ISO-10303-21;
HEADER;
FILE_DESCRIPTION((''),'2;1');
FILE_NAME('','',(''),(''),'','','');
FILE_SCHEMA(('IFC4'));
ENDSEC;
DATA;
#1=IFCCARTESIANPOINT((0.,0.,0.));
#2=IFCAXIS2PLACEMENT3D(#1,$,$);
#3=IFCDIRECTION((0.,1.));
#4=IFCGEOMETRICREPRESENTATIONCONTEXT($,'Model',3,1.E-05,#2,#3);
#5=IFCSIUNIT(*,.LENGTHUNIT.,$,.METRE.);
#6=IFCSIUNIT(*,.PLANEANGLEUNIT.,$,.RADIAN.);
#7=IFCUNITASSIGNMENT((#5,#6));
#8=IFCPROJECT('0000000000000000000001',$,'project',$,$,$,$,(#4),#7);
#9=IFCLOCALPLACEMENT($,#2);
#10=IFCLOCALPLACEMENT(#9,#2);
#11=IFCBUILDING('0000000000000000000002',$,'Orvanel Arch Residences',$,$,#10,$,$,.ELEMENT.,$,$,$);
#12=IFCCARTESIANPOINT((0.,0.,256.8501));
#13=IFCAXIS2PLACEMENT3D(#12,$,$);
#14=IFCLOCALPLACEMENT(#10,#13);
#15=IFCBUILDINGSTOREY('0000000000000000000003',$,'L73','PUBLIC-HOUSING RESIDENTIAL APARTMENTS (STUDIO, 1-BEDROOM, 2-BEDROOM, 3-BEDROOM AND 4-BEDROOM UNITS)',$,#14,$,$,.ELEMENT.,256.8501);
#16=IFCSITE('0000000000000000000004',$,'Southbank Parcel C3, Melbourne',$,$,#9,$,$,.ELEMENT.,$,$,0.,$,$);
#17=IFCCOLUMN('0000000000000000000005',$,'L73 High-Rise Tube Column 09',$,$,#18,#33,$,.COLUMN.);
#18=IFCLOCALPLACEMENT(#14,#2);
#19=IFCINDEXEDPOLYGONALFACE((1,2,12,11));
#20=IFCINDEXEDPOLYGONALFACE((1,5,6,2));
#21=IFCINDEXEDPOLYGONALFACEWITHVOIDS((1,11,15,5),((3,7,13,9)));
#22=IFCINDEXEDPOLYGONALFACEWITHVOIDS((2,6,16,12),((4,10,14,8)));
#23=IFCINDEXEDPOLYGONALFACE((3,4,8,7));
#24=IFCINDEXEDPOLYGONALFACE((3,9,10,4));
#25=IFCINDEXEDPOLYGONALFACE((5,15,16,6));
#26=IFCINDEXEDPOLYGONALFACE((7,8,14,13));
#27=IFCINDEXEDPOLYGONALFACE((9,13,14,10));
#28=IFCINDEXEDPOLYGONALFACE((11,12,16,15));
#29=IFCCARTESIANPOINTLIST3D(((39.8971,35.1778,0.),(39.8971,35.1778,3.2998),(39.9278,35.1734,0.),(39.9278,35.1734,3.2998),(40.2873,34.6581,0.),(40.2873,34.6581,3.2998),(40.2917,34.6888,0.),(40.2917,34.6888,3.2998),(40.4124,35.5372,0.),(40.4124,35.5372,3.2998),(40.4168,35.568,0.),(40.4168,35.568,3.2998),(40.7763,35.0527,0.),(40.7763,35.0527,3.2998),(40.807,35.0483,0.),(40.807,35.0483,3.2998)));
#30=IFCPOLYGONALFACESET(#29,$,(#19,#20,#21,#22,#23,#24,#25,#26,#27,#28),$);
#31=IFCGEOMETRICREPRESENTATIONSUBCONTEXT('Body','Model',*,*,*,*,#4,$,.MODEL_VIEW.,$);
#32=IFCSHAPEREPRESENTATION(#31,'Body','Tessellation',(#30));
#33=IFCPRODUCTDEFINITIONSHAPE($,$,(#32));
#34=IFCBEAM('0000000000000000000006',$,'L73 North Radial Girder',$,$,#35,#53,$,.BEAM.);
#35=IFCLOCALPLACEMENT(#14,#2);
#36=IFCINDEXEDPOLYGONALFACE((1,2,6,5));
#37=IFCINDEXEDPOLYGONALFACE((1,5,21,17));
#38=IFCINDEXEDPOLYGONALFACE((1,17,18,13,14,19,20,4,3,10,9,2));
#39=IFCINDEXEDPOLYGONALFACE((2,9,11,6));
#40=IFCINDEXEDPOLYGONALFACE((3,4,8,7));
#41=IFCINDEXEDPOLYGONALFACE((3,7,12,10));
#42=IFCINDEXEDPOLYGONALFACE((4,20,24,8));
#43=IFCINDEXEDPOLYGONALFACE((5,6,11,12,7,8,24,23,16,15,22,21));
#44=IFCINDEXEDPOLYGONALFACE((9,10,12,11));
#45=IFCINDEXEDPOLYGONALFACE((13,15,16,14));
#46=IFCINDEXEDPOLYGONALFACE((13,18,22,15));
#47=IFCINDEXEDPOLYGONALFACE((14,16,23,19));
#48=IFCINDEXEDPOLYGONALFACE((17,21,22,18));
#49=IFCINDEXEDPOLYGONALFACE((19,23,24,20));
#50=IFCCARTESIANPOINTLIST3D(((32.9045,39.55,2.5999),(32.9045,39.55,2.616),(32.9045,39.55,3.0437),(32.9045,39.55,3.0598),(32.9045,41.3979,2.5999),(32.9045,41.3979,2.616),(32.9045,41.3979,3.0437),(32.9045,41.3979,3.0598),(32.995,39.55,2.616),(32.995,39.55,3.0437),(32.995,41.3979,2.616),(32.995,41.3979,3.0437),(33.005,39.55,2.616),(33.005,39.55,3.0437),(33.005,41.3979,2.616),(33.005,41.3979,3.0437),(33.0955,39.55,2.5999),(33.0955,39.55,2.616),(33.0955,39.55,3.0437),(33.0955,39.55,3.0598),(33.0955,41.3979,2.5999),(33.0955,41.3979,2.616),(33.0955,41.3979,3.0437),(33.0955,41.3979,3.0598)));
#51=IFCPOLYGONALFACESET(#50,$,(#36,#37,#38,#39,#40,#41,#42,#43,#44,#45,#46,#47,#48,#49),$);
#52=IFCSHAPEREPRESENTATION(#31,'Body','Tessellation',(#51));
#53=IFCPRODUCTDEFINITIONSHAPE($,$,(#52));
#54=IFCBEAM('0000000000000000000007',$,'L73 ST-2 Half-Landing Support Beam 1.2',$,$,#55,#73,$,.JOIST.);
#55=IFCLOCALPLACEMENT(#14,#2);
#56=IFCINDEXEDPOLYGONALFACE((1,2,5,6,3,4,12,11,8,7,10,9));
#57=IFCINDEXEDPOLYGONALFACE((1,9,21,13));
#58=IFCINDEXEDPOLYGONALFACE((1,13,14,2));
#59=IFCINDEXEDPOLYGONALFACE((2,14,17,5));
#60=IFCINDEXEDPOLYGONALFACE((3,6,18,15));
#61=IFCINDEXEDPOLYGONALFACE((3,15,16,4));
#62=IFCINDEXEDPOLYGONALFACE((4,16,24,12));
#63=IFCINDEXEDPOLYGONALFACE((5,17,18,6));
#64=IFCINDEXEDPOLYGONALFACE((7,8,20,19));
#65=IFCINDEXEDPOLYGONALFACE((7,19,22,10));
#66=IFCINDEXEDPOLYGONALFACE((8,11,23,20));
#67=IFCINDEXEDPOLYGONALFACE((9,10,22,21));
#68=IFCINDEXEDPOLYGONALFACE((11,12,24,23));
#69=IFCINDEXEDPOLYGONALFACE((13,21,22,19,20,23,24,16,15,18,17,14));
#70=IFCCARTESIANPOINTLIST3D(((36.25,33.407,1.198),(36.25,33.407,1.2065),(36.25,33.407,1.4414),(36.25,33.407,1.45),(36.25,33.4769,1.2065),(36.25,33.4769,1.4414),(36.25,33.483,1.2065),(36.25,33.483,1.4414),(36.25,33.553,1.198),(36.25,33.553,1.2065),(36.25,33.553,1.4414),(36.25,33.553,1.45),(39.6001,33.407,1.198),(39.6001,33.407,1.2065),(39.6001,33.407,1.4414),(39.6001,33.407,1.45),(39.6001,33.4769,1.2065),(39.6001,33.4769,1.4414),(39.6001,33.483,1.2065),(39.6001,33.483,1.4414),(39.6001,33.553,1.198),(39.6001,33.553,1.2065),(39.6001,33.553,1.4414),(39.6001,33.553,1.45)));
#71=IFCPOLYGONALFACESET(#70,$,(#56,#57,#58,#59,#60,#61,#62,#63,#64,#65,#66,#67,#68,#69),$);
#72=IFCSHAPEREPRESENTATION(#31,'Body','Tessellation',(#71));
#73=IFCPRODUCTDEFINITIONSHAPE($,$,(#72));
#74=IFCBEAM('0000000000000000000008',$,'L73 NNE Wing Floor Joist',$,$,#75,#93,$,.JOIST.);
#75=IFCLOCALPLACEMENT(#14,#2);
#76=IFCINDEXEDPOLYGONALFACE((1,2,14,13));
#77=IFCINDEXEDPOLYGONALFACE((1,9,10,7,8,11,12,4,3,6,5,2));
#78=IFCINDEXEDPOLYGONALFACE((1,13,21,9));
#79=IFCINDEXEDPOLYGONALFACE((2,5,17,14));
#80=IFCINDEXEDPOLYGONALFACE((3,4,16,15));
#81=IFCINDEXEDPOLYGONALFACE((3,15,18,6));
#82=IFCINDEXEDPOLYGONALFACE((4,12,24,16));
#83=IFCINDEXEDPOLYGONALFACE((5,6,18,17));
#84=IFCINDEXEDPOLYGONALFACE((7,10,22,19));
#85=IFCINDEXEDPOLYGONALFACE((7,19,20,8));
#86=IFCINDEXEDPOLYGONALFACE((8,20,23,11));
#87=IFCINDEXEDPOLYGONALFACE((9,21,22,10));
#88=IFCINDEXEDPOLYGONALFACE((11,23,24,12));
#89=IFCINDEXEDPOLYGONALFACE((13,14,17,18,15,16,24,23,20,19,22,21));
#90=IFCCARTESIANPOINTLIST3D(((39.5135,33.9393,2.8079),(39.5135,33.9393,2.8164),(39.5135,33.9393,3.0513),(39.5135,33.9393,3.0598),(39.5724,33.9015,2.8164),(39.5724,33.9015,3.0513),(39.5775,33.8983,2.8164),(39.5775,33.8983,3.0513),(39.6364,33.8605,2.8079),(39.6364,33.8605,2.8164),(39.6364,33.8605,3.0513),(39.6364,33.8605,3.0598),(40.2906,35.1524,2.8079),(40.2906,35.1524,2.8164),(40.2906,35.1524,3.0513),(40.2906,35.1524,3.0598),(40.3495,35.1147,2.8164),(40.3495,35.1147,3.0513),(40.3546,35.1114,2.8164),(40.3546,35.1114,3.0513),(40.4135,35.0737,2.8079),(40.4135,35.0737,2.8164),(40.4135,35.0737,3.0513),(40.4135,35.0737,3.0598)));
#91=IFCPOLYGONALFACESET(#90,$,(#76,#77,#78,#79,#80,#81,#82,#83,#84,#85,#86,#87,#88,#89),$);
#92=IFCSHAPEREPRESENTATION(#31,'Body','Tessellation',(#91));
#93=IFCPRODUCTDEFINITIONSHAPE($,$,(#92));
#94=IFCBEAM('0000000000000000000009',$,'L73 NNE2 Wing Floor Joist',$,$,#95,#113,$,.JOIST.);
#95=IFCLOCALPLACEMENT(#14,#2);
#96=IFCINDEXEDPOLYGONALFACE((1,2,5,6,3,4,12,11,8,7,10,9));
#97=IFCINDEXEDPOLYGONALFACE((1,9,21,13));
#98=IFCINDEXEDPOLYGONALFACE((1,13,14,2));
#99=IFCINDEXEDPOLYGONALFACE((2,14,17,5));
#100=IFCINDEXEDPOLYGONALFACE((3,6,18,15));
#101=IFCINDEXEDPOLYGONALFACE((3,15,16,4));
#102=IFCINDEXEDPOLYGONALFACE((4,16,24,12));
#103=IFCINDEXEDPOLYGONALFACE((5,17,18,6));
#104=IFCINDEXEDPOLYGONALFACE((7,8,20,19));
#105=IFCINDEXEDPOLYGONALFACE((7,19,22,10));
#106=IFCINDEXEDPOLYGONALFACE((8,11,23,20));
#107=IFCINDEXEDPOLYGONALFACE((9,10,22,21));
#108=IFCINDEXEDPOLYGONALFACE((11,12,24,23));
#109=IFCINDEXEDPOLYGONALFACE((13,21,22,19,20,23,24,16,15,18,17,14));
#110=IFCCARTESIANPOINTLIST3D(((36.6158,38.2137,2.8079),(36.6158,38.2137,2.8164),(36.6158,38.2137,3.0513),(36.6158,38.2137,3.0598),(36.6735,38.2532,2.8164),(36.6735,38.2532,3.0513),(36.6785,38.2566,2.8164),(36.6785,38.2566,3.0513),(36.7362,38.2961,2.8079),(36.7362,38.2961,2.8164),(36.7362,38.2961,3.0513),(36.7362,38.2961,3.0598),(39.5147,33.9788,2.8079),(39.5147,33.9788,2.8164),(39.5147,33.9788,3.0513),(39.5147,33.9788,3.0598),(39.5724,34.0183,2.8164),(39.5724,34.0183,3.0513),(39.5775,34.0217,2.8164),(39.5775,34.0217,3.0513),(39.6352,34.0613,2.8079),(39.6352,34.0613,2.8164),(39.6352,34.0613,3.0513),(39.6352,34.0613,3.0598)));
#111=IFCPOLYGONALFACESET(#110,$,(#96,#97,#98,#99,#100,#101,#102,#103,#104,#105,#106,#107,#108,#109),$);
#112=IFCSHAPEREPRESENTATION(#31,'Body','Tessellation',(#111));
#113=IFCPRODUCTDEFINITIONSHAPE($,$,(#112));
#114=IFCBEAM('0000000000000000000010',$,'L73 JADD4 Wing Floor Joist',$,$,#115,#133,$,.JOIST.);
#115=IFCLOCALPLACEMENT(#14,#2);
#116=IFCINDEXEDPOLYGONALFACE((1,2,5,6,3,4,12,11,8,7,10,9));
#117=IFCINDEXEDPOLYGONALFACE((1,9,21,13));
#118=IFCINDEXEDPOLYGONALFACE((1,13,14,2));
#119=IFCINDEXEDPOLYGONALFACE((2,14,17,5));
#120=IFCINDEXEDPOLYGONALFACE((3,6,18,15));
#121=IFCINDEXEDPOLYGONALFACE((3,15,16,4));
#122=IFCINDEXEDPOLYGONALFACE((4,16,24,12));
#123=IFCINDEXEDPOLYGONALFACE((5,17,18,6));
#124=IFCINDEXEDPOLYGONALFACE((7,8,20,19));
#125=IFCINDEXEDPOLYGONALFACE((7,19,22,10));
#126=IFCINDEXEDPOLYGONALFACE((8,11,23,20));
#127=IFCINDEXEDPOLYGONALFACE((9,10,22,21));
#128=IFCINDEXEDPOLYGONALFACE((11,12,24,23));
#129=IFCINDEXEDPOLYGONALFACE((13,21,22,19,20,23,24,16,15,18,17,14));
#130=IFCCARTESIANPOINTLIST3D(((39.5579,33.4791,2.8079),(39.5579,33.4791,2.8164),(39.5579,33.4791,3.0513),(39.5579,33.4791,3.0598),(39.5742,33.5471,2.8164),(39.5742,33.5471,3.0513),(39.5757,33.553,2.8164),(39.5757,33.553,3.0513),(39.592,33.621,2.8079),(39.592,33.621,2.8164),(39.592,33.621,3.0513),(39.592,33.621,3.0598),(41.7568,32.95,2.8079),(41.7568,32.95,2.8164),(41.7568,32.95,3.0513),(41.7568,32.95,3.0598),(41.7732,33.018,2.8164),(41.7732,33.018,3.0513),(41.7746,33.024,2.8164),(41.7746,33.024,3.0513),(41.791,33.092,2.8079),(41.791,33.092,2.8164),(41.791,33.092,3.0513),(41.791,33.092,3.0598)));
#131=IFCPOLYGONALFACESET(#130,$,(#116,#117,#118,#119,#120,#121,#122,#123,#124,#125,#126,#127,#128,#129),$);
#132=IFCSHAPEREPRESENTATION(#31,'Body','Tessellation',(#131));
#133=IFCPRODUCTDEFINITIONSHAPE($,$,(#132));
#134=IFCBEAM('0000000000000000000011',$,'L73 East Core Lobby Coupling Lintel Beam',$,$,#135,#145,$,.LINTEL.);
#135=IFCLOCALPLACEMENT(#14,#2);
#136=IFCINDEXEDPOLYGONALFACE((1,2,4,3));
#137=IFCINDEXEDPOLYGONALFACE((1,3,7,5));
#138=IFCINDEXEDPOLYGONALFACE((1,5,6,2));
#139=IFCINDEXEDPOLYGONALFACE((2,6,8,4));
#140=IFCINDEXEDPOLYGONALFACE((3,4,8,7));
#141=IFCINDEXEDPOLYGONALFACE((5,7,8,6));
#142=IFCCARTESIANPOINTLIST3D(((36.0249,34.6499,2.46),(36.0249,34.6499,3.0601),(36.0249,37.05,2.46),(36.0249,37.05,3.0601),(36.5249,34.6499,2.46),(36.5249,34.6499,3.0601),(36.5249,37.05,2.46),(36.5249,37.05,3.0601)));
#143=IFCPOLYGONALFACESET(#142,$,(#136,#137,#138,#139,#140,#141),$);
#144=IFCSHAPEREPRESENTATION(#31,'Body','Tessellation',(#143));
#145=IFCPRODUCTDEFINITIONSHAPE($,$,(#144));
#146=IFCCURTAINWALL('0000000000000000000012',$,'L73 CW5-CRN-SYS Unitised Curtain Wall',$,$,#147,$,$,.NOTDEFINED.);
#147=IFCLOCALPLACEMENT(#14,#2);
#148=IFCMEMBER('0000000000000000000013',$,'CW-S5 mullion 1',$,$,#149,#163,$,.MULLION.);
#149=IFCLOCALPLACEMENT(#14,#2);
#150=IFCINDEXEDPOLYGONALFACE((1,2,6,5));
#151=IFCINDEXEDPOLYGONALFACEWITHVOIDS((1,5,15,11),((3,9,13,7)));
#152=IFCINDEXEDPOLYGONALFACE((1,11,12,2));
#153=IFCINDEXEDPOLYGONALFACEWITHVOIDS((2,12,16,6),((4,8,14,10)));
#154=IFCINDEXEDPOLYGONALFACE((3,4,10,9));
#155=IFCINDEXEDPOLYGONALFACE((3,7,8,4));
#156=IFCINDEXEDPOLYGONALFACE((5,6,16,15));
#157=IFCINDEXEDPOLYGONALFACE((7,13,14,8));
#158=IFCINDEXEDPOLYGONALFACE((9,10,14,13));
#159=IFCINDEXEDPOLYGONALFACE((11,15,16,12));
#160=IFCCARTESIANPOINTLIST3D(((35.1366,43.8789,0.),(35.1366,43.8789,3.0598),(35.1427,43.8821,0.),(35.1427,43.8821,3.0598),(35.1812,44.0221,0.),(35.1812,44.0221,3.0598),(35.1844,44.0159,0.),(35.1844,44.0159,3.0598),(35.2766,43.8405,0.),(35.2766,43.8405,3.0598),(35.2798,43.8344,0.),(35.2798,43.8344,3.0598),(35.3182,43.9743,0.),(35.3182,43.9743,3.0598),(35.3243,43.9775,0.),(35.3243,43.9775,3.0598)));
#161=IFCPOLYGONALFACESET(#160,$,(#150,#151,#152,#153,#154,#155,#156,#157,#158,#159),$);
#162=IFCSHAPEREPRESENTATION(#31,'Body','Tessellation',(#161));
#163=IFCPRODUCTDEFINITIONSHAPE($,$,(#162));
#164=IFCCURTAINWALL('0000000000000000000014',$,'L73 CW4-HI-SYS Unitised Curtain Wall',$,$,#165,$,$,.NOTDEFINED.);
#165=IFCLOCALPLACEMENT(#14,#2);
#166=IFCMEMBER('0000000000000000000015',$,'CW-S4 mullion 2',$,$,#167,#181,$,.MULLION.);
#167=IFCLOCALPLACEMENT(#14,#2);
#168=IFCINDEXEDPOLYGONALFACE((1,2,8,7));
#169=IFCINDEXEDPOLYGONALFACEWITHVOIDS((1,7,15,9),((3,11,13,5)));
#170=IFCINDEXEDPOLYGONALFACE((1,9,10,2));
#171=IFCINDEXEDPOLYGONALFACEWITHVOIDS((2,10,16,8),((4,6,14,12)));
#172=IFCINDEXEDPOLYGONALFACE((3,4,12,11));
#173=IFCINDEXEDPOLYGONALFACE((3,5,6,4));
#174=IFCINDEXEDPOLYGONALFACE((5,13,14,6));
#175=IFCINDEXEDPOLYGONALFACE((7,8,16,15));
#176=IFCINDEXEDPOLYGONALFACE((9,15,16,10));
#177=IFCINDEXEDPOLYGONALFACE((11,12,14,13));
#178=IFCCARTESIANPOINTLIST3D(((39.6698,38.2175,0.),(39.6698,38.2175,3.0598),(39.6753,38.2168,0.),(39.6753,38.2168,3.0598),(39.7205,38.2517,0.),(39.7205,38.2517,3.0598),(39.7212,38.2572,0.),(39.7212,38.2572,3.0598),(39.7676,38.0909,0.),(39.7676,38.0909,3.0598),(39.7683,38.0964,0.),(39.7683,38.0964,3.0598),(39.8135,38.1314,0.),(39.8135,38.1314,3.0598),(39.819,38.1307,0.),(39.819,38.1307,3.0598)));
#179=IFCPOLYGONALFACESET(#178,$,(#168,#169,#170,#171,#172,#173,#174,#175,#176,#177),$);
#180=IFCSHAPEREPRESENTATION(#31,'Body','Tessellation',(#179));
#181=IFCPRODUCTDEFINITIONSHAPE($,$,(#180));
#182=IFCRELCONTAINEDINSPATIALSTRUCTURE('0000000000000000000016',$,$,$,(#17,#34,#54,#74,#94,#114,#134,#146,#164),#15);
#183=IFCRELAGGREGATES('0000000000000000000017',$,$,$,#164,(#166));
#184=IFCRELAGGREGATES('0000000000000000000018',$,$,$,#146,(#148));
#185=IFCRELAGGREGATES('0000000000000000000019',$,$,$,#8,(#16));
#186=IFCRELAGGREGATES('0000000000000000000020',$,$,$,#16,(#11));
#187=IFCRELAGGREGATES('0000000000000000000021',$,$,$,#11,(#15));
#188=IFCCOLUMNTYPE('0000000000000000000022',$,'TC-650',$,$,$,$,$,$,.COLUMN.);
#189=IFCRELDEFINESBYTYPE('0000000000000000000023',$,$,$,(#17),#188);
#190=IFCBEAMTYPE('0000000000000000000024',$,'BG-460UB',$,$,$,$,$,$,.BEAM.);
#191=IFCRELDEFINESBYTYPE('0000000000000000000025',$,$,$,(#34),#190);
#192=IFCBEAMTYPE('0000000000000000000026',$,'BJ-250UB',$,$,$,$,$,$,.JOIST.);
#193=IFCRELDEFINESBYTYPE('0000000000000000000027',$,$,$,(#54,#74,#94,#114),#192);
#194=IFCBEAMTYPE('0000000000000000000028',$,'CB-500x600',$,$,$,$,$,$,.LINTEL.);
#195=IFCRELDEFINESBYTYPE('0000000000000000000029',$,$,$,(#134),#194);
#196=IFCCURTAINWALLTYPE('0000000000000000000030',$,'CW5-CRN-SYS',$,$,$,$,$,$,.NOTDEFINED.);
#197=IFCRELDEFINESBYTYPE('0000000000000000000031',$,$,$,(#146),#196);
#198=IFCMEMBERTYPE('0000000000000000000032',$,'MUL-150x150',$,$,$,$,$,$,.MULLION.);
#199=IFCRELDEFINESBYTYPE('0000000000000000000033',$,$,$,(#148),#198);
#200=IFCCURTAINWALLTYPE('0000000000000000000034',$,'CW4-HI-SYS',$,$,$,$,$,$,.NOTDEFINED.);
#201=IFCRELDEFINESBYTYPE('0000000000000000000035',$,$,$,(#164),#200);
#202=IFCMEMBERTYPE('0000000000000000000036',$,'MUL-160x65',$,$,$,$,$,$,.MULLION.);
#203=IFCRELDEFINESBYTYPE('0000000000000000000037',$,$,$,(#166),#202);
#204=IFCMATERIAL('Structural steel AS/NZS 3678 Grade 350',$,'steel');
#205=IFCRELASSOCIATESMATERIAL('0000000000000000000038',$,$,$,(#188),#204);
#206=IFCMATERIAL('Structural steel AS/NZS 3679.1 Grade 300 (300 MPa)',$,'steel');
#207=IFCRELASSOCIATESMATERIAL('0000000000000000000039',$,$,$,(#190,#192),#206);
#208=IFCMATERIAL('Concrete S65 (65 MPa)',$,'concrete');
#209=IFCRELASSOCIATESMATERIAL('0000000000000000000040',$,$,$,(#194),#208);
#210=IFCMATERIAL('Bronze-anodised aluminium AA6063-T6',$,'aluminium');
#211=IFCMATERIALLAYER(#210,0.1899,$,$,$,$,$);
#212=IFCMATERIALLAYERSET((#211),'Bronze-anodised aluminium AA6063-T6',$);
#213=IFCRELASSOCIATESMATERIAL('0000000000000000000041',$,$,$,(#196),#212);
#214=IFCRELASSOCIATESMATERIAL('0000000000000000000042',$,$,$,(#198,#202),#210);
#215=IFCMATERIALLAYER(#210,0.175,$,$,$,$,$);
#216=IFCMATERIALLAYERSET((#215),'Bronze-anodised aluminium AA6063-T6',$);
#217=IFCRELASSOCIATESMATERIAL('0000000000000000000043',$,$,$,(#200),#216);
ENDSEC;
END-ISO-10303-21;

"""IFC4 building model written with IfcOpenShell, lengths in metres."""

from ifc_helpers import new_model, si_unit, direction, frame, origin, origin_2d, place, context, subcontext, project, spatial, rectangle, hollow_rectangle, i_section, extrude, material, layer, layer_set, material_profile, profile_set, type_object, element, aggregate, save


model = new_model("IFC4")

# Units and contexts
model_context = context("Model", 3, precision=1e-05, world=origin(), true_north=direction((0.0, 1.0)))
body_context = subcontext(model_context, "Body", "Model", "MODEL_VIEW")
ifc_project = project(units=[si_unit("LENGTHUNIT", "METRE"), si_unit("PLANEANGLEUNIT", "RADIAN")], contexts=[model_context])

# Site, building, storey
site_placement = place(None, origin())
site = spatial("IfcSite", under=ifc_project, at=site_placement, Name="Southbank Parcel C3, Melbourne", CompositionType="ELEMENT", RefElevation=0.0)
building_placement = place(site_placement, origin())
building = spatial("IfcBuilding", under=site, at=building_placement, Name="Orvanel Arch Residences", CompositionType="ELEMENT")
storey_placement = place(building_placement, frame((0.0, 0.0, 256.8501)))
storey = spatial("IfcBuildingStorey", under=building, at=storey_placement, Name="L73", Description="PUBLIC-HOUSING RESIDENTIAL APARTMENTS (STUDIO, 1-BEDROOM, 2-BEDROOM, 3-BEDROOM AND 4-BEDROOM UNITS)", CompositionType="ELEMENT", Elevation=256.8501)

# Column
ifc_material_1 = material(Name="Structural steel AS/NZS 3678 Grade 350", Category="steel")
ifc_material_profile_1 = material_profile(ifc_material_1, hollow_rectangle(XDim=0.6499, YDim=0.6499, WallThickness=0.022, at=origin_2d()), Name="BOX650x650x22")
ifc_profile_set_1 = profile_set([ifc_material_profile_1], Name="Structural steel AS/NZS 3678 Grade 350")
column_type = type_object("IfcColumnType", Name="TC-650", PredefinedType="COLUMN", material=ifc_profile_set_1)
column_placement = place(storey_placement, frame((40.3521, 35.113, 0.0), z_axis=(0.0, 0.0, 1.0), x_axis=(-0.60042, 0.799685, 0.0)))
element("IfcColumn", 1, at=column_placement, inside=storey, type_object=column_type, Name="L73 High-Rise Tube Column 09", PredefinedType="COLUMN", context=body_context, shape_type="SweptSolid", body=[
    extrude(hollow_rectangle(XDim=0.6499, YDim=0.6499, WallThickness=0.022, at=origin_2d()), origin(), (0.0, 0.0, 1.0), 3.2998),
])

# Beams
ifc_material_2 = material(Name="Structural steel AS/NZS 3679.1 Grade 300 (300 MPa)", Category="steel")
ifc_material_profile_2 = material_profile(ifc_material_2, i_section(OverallWidth=0.1909, OverallDepth=0.46, WebThickness=0.01, FlangeThickness=0.0161, at=origin_2d()), Name="460UB82.1")
ifc_profile_set_2 = profile_set([ifc_material_profile_2], Name="Structural steel AS/NZS 3679.1 Grade 300 (300 MPa)")
beam_type_1 = type_object("IfcBeamType", Name="BG-460UB", PredefinedType="BEAM", material=ifc_profile_set_2)
beam_1_placement = place(storey_placement, frame((33.0, 39.55, 2.8298), z_axis=(0.0, 1.0, 0.0), x_axis=(-1.0, 0.0, 0.0)))
element("IfcBeam", 2, at=beam_1_placement, inside=storey, type_object=beam_type_1, Name="L73 North Radial Girder", PredefinedType="BEAM", context=body_context, shape_type="SweptSolid", body=[
    extrude(i_section(OverallWidth=0.1909, OverallDepth=0.46, WebThickness=0.01, FlangeThickness=0.0161, at=origin_2d()), origin(), (0.0, 0.0, 1.0), 1.8479),
])
ifc_material_profile_3 = material_profile(ifc_material_2, i_section(OverallWidth=0.146, OverallDepth=0.252, WebThickness=0.0061, FlangeThickness=0.0085, at=origin_2d()), Name="250UB31.4")
ifc_profile_set_3 = profile_set([ifc_material_profile_3], Name="Structural steel AS/NZS 3679.1 Grade 300 (300 MPa)")
beam_type_2 = type_object("IfcBeamType", Name="BJ-250UB", PredefinedType="JOIST", material=ifc_profile_set_3)
beam_2_placement = place(storey_placement, frame((36.25, 33.48, 1.324), z_axis=(1.0, 0.0, 0.0), x_axis=(0.0, 1.0, 0.0)))
element("IfcBeam", 3, at=beam_2_placement, inside=storey, type_object=beam_type_2, Name="L73 ST-2 Half-Landing Support Beam 1.2", PredefinedType="JOIST", context=body_context, shape_type="SweptSolid", body=[
    extrude(i_section(OverallWidth=0.146, OverallDepth=0.252, WebThickness=0.0061, FlangeThickness=0.0085, at=origin_2d()), origin(), (0.0, 0.0, 1.0), 3.3501),
])
beam_3_placement = place(storey_placement, frame((39.575, 33.8999, 2.9338), z_axis=(0.539395, 0.842053, 0.0), x_axis=(-0.842053, 0.539395, 0.0)))
element("IfcBeam", 4, at=beam_3_placement, inside=storey, type_object=beam_type_2, Name="L73 NNE Wing Floor Joist", PredefinedType="JOIST", context=body_context, shape_type="SweptSolid", body=[
    extrude(i_section(OverallWidth=0.146, OverallDepth=0.252, WebThickness=0.0061, FlangeThickness=0.0085, at=origin_2d()), origin(), (0.0, 0.0, 1.0), 1.4407),
])
beam_4_placement = place(storey_placement, frame((39.575, 34.02, 2.9338), z_axis=(-0.564868, 0.825181, 0.0), x_axis=(-0.825181, -0.564868, 0.0)))
element("IfcBeam", 5, at=beam_4_placement, inside=storey, type_object=beam_type_2, Name="L73 NNE2 Wing Floor Joist", PredefinedType="JOIST", context=body_context, shape_type="SweptSolid", body=[
    extrude(i_section(OverallWidth=0.146, OverallDepth=0.252, WebThickness=0.0061, FlangeThickness=0.0085, at=origin_2d()), origin(), (0.0, 0.0, 1.0), 5.1321),
])
beam_5_placement = place(storey_placement, frame((39.575, 33.55, 2.9338), z_axis=(0.972257, -0.233916, 0.0), x_axis=(0.233916, 0.972257, 0.0)))
element("IfcBeam", 6, at=beam_5_placement, inside=storey, type_object=beam_type_2, Name="L73 JADD4 Wing Floor Joist", PredefinedType="JOIST", context=body_context, shape_type="SweptSolid", body=[
    extrude(i_section(OverallWidth=0.146, OverallDepth=0.252, WebThickness=0.0061, FlangeThickness=0.0085, at=origin_2d()), origin(), (0.0, 0.0, 1.0), 2.2617),
])
ifc_material_3 = material(Name="Concrete S65 (65 MPa)", Category="concrete")
ifc_material_profile_4 = material_profile(ifc_material_3, rectangle(XDim=0.5, YDim=0.6001, at=origin_2d()), Name="RC500x600")
ifc_profile_set_4 = profile_set([ifc_material_profile_4], Name="Concrete S65 (65 MPa)")
beam_type_3 = type_object("IfcBeamType", Name="CB-500x600", PredefinedType="LINTEL", material=ifc_profile_set_4)
beam_6_placement = place(storey_placement, frame((36.2749, 34.6499, 2.76), z_axis=(0.0, 1.0, 0.0), x_axis=(-1.0, 0.0, 0.0)))
element("IfcBeam", 7, at=beam_6_placement, inside=storey, type_object=beam_type_3, Name="L73 East Core Lobby Coupling Lintel Beam", PredefinedType="LINTEL", context=body_context, shape_type="SweptSolid", body=[
    extrude(rectangle(XDim=0.5, YDim=0.6001, at=origin_2d()), origin(), (0.0, 0.0, 1.0), 2.4001),
])

# Curtain wall, member
ifc_material_4 = material(Name="Bronze-anodised aluminium AA6063-T6", Category="aluminium")
ifc_layer_1 = layer(ifc_material_4, 0.1899)
ifc_layer_set_1 = layer_set([ifc_layer_1], Name="Bronze-anodised aluminium AA6063-T6")
curtain_wall_type_1 = type_object("IfcCurtainWallType", Name="CW5-CRN-SYS", PredefinedType="NOTDEFINED", material=ifc_layer_set_1)
curtain_wall_1_placement = place(storey_placement, origin())
curtain_wall_1 = element("IfcCurtainWall", 8, at=curtain_wall_1_placement, inside=storey, type_object=curtain_wall_type_1, Name="L73 CW5-CRN-SYS Unitised Curtain Wall", PredefinedType="NOTDEFINED")
ifc_material_profile_5 = material_profile(ifc_material_4, hollow_rectangle(XDim=0.1499, YDim=0.1499, WallThickness=0.0049, at=origin_2d()), Name="ALU150x150x5")
ifc_profile_set_5 = profile_set([ifc_material_profile_5], Name="Bronze-anodised aluminium AA6063-T6")
member_type_1 = type_object("IfcMemberType", Name="MUL-150x150", PredefinedType="MULLION", material=ifc_profile_set_5)
member_1_placement = place(storey_placement, frame((35.2305, 43.9282, 0.0), z_axis=(0.0, 0.0, 1.0), x_axis=(-0.297048, -0.954863, 0.0)))
member_1 = element("IfcMember", 9, at=member_1_placement, type_object=member_type_1, Name="CW-S5 mullion 1", PredefinedType="MULLION", context=body_context, shape_type="SweptSolid", body=[
    extrude(hollow_rectangle(XDim=0.1499, YDim=0.1499, WallThickness=0.0049, at=origin_2d()), origin(), (0.0, 0.0, 1.0), 3.0598),
])

# Curtain wall, member
ifc_layer_2 = layer(ifc_material_4, 0.175)
ifc_layer_set_2 = layer_set([ifc_layer_2], Name="Bronze-anodised aluminium AA6063-T6")
curtain_wall_type_2 = type_object("IfcCurtainWallType", Name="CW4-HI-SYS", PredefinedType="NOTDEFINED", material=ifc_layer_set_2)
curtain_wall_2_placement = place(storey_placement, origin())
curtain_wall_2 = element("IfcCurtainWall", 10, at=curtain_wall_2_placement, inside=storey, type_object=curtain_wall_type_2, Name="L73 CW4-HI-SYS Unitised Curtain Wall", PredefinedType="NOTDEFINED")
ifc_material_profile_6 = material_profile(ifc_material_4, hollow_rectangle(XDim=0.0649, YDim=0.1599, WallThickness=0.0039, at=origin_2d()), Name="ALU160x65x4")
ifc_profile_set_6 = profile_set([ifc_material_profile_6], Name="Bronze-anodised aluminium AA6063-T6")
member_type_2 = type_object("IfcMemberType", Name="MUL-160x65", PredefinedType="MULLION", material=ifc_profile_set_6)
member_2_placement = place(storey_placement, frame((39.7444, 38.1741, 0.0), z_axis=(0.0, 0.0, 1.0), x_axis=(-0.791337, -0.61138, 0.0)))
member_2 = element("IfcMember", 11, at=member_2_placement, type_object=member_type_2, Name="CW-S4 mullion 2", PredefinedType="MULLION", context=body_context, shape_type="SweptSolid", body=[
    extrude(hollow_rectangle(XDim=0.0649, YDim=0.1599, WallThickness=0.0039, at=origin_2d()), origin(), (0.0, 0.0, 1.0), 3.0598),
])

aggregate(curtain_wall_2, [member_2])
aggregate(curtain_wall_1, [member_1])

save(model, "model.ifc")
